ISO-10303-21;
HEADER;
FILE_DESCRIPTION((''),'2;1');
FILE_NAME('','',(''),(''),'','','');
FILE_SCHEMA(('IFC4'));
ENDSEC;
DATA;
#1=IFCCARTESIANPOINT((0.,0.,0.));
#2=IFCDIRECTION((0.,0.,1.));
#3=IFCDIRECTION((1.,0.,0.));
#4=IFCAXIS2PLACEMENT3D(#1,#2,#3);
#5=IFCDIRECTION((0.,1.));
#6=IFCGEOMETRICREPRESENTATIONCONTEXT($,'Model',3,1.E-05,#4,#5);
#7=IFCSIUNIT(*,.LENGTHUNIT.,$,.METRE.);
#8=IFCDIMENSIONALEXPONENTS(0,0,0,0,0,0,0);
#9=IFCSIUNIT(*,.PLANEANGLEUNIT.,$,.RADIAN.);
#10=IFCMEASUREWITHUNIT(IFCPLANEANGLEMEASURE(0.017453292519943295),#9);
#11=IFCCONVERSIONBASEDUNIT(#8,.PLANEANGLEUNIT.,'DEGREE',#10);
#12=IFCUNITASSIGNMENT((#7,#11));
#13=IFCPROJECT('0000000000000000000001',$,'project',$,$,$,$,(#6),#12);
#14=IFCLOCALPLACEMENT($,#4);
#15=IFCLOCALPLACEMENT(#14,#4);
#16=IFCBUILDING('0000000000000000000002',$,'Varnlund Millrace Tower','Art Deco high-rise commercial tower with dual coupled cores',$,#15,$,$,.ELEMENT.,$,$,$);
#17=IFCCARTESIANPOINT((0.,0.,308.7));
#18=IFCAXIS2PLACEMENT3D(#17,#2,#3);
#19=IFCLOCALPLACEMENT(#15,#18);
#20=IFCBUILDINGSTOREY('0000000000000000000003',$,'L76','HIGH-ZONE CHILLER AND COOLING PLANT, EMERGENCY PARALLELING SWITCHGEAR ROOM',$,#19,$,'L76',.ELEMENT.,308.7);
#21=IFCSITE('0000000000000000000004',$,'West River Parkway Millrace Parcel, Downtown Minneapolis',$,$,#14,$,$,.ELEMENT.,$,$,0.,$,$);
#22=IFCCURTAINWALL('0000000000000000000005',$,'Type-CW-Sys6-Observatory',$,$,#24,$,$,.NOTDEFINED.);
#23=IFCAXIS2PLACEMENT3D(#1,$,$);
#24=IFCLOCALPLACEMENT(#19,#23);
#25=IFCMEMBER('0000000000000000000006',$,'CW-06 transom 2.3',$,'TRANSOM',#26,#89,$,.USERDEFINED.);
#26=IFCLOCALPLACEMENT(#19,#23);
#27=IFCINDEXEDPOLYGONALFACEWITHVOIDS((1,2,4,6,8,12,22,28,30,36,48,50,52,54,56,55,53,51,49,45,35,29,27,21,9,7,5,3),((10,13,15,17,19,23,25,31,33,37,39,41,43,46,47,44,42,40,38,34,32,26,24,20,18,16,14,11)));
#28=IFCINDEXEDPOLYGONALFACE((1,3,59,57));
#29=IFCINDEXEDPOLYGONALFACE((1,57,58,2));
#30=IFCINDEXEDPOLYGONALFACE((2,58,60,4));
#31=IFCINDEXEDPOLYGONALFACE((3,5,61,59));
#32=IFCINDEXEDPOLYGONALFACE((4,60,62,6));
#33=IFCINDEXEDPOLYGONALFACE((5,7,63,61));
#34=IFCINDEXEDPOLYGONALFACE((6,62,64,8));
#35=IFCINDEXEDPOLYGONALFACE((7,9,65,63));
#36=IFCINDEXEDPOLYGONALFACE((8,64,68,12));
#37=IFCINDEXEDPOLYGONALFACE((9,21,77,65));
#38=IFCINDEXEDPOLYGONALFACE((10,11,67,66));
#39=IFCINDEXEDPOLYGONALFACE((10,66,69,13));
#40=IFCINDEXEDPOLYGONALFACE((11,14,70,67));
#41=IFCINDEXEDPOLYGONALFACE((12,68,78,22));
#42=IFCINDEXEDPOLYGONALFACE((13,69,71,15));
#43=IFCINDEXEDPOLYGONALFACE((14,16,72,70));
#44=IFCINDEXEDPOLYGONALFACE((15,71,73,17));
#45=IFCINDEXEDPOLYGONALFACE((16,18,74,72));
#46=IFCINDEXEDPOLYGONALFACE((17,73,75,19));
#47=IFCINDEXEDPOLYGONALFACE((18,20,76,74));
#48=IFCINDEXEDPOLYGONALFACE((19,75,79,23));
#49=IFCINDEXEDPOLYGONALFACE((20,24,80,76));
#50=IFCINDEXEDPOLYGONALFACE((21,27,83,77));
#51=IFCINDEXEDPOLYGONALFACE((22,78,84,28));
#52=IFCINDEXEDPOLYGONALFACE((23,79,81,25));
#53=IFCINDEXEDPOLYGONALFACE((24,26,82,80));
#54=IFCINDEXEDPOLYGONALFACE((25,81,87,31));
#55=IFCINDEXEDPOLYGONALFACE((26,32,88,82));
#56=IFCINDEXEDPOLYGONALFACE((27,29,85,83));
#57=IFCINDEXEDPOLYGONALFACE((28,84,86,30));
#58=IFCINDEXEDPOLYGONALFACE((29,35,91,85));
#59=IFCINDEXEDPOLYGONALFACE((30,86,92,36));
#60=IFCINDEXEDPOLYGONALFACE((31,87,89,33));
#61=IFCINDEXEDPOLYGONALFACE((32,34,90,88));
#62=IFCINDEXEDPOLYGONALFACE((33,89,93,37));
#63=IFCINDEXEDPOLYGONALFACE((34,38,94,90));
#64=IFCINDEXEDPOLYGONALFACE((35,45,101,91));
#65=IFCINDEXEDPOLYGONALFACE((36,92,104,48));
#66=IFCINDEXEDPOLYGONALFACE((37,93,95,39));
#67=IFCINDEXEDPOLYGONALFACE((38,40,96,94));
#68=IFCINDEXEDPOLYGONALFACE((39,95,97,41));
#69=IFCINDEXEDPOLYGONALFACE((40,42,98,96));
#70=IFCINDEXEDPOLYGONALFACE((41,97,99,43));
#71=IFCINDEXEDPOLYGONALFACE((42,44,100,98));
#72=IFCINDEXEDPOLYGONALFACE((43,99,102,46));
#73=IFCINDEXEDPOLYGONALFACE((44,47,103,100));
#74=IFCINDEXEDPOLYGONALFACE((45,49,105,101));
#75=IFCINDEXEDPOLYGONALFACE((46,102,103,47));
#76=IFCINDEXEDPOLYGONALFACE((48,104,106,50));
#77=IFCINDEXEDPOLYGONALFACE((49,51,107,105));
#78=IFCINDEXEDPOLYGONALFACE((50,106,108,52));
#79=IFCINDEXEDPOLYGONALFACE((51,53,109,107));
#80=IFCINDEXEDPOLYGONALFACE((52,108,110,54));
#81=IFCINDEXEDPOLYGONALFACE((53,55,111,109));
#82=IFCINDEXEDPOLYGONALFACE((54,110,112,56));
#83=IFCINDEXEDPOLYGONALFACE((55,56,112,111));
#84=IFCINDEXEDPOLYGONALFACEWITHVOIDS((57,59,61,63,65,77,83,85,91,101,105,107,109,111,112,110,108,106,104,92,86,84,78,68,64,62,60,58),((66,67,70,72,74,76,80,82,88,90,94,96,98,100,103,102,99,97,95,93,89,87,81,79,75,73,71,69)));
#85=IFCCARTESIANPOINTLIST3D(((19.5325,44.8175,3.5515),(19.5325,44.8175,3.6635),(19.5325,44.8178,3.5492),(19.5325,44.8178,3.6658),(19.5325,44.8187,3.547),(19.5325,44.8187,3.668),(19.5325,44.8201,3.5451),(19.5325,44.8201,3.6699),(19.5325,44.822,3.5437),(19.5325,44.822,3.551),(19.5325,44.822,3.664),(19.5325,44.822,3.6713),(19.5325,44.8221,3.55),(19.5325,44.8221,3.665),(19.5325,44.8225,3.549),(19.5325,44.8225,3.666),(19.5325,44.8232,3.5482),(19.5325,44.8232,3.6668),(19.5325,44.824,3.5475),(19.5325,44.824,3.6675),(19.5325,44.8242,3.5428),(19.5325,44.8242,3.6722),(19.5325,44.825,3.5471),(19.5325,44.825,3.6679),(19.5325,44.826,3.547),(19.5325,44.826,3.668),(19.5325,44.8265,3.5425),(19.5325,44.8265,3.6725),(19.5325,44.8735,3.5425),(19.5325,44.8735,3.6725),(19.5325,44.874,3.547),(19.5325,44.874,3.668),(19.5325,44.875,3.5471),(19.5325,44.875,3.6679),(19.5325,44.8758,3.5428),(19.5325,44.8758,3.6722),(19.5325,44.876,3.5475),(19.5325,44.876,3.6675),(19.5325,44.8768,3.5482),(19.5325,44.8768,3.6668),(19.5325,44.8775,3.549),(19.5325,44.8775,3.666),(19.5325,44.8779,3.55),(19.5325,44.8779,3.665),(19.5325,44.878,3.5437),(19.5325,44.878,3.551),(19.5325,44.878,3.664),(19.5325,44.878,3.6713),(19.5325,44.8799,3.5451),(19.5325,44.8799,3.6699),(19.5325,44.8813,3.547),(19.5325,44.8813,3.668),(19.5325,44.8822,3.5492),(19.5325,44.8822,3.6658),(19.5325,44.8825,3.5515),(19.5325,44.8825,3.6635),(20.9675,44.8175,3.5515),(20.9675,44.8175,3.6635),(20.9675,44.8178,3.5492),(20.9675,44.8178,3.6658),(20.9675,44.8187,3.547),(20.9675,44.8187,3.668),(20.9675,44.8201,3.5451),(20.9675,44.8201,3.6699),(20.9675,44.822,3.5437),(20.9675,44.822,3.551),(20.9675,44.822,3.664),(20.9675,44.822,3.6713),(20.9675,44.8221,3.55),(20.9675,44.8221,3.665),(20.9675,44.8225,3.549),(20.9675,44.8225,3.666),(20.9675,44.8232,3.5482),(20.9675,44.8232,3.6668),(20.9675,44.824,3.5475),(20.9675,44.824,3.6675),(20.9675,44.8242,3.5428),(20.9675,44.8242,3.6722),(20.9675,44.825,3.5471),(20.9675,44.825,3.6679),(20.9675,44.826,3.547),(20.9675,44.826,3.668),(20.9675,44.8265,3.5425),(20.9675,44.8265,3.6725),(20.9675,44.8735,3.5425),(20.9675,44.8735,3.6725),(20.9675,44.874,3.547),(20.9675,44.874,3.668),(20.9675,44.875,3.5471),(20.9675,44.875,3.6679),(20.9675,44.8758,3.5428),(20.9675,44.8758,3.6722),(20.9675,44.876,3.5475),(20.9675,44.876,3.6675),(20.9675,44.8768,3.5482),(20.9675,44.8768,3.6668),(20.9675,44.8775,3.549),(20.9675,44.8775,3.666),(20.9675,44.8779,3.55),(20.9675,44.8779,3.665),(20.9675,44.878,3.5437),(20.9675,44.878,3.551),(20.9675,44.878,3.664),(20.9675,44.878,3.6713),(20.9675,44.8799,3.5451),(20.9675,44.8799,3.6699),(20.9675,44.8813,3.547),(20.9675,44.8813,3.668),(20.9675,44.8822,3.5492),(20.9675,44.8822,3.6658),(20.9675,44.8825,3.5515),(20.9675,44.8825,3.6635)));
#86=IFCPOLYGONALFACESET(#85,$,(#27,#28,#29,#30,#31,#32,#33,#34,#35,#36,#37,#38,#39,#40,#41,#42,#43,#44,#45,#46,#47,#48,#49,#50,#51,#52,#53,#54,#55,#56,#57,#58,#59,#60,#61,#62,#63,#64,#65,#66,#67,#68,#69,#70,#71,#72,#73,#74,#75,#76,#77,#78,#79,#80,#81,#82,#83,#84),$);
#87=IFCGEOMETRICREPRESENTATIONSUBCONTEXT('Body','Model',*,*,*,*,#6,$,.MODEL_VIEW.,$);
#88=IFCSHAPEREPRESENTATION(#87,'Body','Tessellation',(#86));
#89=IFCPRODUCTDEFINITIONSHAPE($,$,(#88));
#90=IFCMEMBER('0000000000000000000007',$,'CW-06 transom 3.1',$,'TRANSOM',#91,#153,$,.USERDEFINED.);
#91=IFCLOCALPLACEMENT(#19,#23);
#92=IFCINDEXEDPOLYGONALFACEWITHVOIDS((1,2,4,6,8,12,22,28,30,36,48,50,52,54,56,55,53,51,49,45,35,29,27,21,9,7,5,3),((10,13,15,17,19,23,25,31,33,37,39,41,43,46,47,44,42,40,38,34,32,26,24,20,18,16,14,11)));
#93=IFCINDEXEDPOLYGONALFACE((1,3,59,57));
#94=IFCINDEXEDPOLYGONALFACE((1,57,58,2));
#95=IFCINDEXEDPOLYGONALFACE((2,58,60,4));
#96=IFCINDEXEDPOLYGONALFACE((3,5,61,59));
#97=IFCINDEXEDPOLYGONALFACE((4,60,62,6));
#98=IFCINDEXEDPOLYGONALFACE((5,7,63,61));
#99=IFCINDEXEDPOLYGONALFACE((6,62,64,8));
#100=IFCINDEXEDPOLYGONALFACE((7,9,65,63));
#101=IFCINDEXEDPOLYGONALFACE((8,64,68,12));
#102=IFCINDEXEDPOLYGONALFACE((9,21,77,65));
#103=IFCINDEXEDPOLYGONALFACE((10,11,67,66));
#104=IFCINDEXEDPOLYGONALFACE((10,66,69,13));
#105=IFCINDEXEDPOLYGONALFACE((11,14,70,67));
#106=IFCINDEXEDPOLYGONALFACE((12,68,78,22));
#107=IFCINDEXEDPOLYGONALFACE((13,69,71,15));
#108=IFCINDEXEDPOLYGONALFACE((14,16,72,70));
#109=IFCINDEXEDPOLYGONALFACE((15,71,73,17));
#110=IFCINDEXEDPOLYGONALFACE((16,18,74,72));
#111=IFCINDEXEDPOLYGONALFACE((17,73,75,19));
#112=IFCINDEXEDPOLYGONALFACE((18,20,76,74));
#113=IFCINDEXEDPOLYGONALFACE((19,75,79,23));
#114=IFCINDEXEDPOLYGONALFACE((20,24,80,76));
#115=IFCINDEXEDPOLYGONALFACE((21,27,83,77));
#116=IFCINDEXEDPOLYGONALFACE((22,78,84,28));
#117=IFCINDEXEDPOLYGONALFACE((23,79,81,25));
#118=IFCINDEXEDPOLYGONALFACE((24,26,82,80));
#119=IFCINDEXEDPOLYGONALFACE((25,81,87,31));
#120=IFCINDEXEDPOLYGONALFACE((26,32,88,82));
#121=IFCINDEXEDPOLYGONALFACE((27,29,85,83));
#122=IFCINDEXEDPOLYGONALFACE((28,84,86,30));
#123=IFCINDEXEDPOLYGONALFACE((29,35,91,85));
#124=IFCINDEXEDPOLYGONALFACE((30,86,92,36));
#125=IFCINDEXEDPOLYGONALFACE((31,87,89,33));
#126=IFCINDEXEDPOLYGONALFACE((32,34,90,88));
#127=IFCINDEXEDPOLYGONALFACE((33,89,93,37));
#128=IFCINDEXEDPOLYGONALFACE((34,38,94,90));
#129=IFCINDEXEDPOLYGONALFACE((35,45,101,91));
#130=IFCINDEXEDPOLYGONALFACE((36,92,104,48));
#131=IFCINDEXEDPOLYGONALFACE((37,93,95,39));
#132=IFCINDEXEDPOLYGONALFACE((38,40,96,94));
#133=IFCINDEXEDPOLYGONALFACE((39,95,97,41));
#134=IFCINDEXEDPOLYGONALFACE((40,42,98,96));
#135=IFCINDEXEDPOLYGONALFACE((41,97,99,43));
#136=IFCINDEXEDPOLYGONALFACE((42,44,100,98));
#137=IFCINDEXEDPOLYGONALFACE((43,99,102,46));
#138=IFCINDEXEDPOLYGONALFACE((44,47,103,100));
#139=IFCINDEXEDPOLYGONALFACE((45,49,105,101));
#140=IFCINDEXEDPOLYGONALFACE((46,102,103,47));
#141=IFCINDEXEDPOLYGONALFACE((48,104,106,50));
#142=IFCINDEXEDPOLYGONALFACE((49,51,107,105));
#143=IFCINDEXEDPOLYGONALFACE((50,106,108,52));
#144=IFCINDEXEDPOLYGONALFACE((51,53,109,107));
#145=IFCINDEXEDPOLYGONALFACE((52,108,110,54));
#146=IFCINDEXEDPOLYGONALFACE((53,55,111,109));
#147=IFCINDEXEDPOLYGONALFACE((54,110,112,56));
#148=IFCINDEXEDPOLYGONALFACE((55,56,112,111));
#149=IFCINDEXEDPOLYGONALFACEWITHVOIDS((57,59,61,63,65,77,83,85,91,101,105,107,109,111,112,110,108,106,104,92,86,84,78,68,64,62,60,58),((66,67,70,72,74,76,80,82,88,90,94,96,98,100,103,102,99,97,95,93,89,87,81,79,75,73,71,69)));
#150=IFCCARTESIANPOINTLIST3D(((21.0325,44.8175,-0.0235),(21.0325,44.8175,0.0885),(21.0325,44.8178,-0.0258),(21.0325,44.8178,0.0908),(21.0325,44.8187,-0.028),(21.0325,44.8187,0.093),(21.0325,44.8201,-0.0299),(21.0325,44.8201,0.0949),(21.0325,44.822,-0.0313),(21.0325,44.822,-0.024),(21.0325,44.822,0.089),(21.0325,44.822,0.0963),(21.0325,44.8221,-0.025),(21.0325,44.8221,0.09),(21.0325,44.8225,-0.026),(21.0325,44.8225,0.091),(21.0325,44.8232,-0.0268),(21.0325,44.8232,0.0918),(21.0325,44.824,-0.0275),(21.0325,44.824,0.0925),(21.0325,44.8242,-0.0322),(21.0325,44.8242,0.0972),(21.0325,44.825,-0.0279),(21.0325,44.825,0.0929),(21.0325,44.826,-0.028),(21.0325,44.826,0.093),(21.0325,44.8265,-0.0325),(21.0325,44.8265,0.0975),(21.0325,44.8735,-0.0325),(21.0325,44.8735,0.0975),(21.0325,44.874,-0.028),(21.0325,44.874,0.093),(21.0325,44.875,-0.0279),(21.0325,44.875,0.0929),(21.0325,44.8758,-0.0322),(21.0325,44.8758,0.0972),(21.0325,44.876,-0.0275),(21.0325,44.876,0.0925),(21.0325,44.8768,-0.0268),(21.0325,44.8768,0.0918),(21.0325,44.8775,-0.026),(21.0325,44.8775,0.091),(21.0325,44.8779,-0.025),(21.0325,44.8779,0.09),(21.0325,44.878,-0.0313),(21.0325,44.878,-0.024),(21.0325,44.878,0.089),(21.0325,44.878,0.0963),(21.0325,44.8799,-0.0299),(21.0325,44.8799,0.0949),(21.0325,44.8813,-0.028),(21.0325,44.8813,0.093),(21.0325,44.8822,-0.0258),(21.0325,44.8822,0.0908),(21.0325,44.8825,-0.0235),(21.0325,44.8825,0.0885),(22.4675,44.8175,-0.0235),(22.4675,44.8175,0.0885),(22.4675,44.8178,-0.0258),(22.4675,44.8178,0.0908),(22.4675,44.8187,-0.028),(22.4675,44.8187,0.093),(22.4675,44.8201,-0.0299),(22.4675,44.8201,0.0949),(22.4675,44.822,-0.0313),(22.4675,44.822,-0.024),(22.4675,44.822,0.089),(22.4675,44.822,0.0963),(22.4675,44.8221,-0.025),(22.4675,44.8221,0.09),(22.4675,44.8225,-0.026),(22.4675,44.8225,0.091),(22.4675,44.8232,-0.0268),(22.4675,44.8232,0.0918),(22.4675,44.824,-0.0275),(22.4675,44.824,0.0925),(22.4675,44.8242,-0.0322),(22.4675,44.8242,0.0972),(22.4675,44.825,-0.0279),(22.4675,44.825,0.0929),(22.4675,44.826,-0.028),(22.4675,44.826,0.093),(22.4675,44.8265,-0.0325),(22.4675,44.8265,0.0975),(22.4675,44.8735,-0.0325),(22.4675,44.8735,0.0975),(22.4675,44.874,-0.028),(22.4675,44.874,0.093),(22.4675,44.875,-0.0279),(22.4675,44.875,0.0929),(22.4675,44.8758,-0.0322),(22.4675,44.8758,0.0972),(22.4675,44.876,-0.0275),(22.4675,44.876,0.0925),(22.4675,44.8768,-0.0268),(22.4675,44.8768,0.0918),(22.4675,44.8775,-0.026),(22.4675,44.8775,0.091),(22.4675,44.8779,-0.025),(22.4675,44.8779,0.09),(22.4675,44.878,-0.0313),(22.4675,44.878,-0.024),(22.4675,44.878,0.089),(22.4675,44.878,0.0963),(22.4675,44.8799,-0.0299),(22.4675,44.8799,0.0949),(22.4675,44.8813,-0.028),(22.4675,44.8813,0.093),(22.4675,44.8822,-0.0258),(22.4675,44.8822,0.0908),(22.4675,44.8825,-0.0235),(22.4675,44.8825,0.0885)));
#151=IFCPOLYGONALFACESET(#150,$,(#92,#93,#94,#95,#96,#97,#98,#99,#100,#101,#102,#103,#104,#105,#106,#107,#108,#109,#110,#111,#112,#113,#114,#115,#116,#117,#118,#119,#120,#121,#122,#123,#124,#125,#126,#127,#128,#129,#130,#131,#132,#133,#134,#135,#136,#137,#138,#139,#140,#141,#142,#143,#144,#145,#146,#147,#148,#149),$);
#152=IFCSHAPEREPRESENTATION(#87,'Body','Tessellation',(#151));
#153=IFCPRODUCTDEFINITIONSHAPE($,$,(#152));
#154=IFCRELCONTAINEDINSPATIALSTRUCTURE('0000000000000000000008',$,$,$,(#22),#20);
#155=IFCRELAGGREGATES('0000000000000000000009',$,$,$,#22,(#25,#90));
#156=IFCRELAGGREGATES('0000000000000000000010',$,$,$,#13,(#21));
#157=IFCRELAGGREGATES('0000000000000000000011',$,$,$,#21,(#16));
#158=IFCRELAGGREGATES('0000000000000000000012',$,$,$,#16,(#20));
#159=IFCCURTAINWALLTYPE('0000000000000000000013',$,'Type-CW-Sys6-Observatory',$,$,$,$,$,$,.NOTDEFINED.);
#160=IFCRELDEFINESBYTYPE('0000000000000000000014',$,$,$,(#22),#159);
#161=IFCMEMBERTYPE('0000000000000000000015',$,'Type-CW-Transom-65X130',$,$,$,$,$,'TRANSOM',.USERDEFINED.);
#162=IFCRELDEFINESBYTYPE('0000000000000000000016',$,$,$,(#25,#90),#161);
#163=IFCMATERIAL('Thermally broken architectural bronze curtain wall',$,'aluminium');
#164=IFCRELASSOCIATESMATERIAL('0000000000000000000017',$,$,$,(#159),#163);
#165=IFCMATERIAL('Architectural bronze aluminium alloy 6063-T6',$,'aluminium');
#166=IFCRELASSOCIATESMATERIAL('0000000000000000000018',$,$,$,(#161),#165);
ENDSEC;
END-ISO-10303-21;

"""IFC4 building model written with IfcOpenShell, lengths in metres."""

from ifc_helpers import new_model, entity, si_unit, converted_unit, direction, frame, origin_with_axes, origin_2d_with_axis, place, context, subcontext, project, spatial, hollow_rectangle, extrude, material, material_profile, profile_set, type_object, element, aggregate, save


model = new_model("IFC4")

# Units and contexts
model_context = context("Model", 3, precision=1e-05, world=origin_with_axes(), true_north=direction((0.0, 1.0)))
body_context = subcontext(model_context, "Body", "Model", "MODEL_VIEW")
ifc_project = project(units=[si_unit("LENGTHUNIT", "METRE"), converted_unit("PLANEANGLEUNIT", "DEGREE", entity("IfcPlaneAngleMeasure", 0.017453292519943295), si_unit("PLANEANGLEUNIT", "RADIAN"), dimensions=[0, 0, 0, 0, 0, 0, 0])], contexts=[model_context])

# Site, building, storey
site_placement = place(None, origin_with_axes())
site = spatial("IfcSite", under=ifc_project, at=site_placement, Name="West River Parkway Millrace Parcel, Downtown Minneapolis", CompositionType="ELEMENT", RefElevation=0.0)
building_placement = place(site_placement, origin_with_axes())
building = spatial("IfcBuilding", under=site, at=building_placement, Name="Varnlund Millrace Tower", Description="Art Deco high-rise commercial tower with dual coupled cores", CompositionType="ELEMENT")
storey_placement = place(building_placement, frame((0.0, 0.0, 308.7), z_axis=(0.0, 0.0, 1.0), x_axis=(1.0, 0.0, 0.0)))
storey = spatial("IfcBuildingStorey", under=building, at=storey_placement, Name="L76", Description="HIGH-ZONE CHILLER AND COOLING PLANT, EMERGENCY PARALLELING SWITCHGEAR ROOM", LongName="L76", CompositionType="ELEMENT", Elevation=308.7)

# Curtain wall, members
ifc_material_1 = material(Name="Thermally broken architectural bronze curtain wall", Category="aluminium")
curtain_wall_type = type_object("IfcCurtainWallType", Name="Type-CW-Sys6-Observatory", PredefinedType="NOTDEFINED", material=ifc_material_1)
ifc_material_2 = material(Name="Architectural bronze aluminium alloy 6063-T6", Category="aluminium")
ifc_material_profile_1 = material_profile(ifc_material_2, hollow_rectangle(XDim=0.065, YDim=0.13, WallThickness=0.0045, InnerFilletRadius=0.004, OuterFilletRadius=0.009, at=origin_2d_with_axis()), Name="Architectural bronze aluminium alloy 6063-T6")
ifc_profile_set_1 = profile_set([ifc_material_profile_1], Name="Architectural bronze aluminium alloy 6063-T6")
member_type = type_object("IfcMemberType", Name="Type-CW-Transom-65X130", ElementType="TRANSOM", PredefinedType="USERDEFINED", material=ifc_profile_set_1)
curtain_wall_1_placement = place(storey_placement, frame((18.0, 44.85, 0.0), z_axis=(0.0, 0.0, 1.0), x_axis=(1.0, 0.0, 0.0)))
curtain_wall_1 = element("IfcCurtainWall", 1, at=curtain_wall_1_placement, inside=storey, type_object=curtain_wall_type, Name="Type-CW-Sys6-Observatory", PredefinedType="NOTDEFINED")
member_1_placement = place(storey_placement, frame((19.5325, 44.85, 3.6075), z_axis=(1.0, 0.0, 0.0), x_axis=(0.0, 1.0, 0.0)))
member_1 = element("IfcMember", 2, at=member_1_placement, type_object=member_type, Name="CW-06 transom 2.3", ObjectType="TRANSOM", PredefinedType="USERDEFINED", context=body_context, shape_type="SweptSolid", body=[
    extrude(hollow_rectangle(XDim=0.065, YDim=0.13, WallThickness=0.0045, InnerFilletRadius=0.004, OuterFilletRadius=0.009, at=origin_2d_with_axis()), origin_with_axes(), (0.0, 0.0, 1.0), 1.435),
])
member_2_placement = place(storey_placement, frame((21.0325, 44.85, 0.0325), z_axis=(1.0, 0.0, 0.0), x_axis=(0.0, 1.0, 0.0)))
member_2 = element("IfcMember", 3, at=member_2_placement, type_object=member_type, Name="CW-06 transom 3.1", ObjectType="TRANSOM", PredefinedType="USERDEFINED", context=body_context, shape_type="SweptSolid", body=[
    extrude(hollow_rectangle(XDim=0.065, YDim=0.13, WallThickness=0.0045, InnerFilletRadius=0.004, OuterFilletRadius=0.009, at=origin_2d_with_axis()), origin_with_axes(), (0.0, 0.0, 1.0), 1.435),
])

aggregate(curtain_wall_1, [member_1, member_2])

save(model, "model.ifc")
